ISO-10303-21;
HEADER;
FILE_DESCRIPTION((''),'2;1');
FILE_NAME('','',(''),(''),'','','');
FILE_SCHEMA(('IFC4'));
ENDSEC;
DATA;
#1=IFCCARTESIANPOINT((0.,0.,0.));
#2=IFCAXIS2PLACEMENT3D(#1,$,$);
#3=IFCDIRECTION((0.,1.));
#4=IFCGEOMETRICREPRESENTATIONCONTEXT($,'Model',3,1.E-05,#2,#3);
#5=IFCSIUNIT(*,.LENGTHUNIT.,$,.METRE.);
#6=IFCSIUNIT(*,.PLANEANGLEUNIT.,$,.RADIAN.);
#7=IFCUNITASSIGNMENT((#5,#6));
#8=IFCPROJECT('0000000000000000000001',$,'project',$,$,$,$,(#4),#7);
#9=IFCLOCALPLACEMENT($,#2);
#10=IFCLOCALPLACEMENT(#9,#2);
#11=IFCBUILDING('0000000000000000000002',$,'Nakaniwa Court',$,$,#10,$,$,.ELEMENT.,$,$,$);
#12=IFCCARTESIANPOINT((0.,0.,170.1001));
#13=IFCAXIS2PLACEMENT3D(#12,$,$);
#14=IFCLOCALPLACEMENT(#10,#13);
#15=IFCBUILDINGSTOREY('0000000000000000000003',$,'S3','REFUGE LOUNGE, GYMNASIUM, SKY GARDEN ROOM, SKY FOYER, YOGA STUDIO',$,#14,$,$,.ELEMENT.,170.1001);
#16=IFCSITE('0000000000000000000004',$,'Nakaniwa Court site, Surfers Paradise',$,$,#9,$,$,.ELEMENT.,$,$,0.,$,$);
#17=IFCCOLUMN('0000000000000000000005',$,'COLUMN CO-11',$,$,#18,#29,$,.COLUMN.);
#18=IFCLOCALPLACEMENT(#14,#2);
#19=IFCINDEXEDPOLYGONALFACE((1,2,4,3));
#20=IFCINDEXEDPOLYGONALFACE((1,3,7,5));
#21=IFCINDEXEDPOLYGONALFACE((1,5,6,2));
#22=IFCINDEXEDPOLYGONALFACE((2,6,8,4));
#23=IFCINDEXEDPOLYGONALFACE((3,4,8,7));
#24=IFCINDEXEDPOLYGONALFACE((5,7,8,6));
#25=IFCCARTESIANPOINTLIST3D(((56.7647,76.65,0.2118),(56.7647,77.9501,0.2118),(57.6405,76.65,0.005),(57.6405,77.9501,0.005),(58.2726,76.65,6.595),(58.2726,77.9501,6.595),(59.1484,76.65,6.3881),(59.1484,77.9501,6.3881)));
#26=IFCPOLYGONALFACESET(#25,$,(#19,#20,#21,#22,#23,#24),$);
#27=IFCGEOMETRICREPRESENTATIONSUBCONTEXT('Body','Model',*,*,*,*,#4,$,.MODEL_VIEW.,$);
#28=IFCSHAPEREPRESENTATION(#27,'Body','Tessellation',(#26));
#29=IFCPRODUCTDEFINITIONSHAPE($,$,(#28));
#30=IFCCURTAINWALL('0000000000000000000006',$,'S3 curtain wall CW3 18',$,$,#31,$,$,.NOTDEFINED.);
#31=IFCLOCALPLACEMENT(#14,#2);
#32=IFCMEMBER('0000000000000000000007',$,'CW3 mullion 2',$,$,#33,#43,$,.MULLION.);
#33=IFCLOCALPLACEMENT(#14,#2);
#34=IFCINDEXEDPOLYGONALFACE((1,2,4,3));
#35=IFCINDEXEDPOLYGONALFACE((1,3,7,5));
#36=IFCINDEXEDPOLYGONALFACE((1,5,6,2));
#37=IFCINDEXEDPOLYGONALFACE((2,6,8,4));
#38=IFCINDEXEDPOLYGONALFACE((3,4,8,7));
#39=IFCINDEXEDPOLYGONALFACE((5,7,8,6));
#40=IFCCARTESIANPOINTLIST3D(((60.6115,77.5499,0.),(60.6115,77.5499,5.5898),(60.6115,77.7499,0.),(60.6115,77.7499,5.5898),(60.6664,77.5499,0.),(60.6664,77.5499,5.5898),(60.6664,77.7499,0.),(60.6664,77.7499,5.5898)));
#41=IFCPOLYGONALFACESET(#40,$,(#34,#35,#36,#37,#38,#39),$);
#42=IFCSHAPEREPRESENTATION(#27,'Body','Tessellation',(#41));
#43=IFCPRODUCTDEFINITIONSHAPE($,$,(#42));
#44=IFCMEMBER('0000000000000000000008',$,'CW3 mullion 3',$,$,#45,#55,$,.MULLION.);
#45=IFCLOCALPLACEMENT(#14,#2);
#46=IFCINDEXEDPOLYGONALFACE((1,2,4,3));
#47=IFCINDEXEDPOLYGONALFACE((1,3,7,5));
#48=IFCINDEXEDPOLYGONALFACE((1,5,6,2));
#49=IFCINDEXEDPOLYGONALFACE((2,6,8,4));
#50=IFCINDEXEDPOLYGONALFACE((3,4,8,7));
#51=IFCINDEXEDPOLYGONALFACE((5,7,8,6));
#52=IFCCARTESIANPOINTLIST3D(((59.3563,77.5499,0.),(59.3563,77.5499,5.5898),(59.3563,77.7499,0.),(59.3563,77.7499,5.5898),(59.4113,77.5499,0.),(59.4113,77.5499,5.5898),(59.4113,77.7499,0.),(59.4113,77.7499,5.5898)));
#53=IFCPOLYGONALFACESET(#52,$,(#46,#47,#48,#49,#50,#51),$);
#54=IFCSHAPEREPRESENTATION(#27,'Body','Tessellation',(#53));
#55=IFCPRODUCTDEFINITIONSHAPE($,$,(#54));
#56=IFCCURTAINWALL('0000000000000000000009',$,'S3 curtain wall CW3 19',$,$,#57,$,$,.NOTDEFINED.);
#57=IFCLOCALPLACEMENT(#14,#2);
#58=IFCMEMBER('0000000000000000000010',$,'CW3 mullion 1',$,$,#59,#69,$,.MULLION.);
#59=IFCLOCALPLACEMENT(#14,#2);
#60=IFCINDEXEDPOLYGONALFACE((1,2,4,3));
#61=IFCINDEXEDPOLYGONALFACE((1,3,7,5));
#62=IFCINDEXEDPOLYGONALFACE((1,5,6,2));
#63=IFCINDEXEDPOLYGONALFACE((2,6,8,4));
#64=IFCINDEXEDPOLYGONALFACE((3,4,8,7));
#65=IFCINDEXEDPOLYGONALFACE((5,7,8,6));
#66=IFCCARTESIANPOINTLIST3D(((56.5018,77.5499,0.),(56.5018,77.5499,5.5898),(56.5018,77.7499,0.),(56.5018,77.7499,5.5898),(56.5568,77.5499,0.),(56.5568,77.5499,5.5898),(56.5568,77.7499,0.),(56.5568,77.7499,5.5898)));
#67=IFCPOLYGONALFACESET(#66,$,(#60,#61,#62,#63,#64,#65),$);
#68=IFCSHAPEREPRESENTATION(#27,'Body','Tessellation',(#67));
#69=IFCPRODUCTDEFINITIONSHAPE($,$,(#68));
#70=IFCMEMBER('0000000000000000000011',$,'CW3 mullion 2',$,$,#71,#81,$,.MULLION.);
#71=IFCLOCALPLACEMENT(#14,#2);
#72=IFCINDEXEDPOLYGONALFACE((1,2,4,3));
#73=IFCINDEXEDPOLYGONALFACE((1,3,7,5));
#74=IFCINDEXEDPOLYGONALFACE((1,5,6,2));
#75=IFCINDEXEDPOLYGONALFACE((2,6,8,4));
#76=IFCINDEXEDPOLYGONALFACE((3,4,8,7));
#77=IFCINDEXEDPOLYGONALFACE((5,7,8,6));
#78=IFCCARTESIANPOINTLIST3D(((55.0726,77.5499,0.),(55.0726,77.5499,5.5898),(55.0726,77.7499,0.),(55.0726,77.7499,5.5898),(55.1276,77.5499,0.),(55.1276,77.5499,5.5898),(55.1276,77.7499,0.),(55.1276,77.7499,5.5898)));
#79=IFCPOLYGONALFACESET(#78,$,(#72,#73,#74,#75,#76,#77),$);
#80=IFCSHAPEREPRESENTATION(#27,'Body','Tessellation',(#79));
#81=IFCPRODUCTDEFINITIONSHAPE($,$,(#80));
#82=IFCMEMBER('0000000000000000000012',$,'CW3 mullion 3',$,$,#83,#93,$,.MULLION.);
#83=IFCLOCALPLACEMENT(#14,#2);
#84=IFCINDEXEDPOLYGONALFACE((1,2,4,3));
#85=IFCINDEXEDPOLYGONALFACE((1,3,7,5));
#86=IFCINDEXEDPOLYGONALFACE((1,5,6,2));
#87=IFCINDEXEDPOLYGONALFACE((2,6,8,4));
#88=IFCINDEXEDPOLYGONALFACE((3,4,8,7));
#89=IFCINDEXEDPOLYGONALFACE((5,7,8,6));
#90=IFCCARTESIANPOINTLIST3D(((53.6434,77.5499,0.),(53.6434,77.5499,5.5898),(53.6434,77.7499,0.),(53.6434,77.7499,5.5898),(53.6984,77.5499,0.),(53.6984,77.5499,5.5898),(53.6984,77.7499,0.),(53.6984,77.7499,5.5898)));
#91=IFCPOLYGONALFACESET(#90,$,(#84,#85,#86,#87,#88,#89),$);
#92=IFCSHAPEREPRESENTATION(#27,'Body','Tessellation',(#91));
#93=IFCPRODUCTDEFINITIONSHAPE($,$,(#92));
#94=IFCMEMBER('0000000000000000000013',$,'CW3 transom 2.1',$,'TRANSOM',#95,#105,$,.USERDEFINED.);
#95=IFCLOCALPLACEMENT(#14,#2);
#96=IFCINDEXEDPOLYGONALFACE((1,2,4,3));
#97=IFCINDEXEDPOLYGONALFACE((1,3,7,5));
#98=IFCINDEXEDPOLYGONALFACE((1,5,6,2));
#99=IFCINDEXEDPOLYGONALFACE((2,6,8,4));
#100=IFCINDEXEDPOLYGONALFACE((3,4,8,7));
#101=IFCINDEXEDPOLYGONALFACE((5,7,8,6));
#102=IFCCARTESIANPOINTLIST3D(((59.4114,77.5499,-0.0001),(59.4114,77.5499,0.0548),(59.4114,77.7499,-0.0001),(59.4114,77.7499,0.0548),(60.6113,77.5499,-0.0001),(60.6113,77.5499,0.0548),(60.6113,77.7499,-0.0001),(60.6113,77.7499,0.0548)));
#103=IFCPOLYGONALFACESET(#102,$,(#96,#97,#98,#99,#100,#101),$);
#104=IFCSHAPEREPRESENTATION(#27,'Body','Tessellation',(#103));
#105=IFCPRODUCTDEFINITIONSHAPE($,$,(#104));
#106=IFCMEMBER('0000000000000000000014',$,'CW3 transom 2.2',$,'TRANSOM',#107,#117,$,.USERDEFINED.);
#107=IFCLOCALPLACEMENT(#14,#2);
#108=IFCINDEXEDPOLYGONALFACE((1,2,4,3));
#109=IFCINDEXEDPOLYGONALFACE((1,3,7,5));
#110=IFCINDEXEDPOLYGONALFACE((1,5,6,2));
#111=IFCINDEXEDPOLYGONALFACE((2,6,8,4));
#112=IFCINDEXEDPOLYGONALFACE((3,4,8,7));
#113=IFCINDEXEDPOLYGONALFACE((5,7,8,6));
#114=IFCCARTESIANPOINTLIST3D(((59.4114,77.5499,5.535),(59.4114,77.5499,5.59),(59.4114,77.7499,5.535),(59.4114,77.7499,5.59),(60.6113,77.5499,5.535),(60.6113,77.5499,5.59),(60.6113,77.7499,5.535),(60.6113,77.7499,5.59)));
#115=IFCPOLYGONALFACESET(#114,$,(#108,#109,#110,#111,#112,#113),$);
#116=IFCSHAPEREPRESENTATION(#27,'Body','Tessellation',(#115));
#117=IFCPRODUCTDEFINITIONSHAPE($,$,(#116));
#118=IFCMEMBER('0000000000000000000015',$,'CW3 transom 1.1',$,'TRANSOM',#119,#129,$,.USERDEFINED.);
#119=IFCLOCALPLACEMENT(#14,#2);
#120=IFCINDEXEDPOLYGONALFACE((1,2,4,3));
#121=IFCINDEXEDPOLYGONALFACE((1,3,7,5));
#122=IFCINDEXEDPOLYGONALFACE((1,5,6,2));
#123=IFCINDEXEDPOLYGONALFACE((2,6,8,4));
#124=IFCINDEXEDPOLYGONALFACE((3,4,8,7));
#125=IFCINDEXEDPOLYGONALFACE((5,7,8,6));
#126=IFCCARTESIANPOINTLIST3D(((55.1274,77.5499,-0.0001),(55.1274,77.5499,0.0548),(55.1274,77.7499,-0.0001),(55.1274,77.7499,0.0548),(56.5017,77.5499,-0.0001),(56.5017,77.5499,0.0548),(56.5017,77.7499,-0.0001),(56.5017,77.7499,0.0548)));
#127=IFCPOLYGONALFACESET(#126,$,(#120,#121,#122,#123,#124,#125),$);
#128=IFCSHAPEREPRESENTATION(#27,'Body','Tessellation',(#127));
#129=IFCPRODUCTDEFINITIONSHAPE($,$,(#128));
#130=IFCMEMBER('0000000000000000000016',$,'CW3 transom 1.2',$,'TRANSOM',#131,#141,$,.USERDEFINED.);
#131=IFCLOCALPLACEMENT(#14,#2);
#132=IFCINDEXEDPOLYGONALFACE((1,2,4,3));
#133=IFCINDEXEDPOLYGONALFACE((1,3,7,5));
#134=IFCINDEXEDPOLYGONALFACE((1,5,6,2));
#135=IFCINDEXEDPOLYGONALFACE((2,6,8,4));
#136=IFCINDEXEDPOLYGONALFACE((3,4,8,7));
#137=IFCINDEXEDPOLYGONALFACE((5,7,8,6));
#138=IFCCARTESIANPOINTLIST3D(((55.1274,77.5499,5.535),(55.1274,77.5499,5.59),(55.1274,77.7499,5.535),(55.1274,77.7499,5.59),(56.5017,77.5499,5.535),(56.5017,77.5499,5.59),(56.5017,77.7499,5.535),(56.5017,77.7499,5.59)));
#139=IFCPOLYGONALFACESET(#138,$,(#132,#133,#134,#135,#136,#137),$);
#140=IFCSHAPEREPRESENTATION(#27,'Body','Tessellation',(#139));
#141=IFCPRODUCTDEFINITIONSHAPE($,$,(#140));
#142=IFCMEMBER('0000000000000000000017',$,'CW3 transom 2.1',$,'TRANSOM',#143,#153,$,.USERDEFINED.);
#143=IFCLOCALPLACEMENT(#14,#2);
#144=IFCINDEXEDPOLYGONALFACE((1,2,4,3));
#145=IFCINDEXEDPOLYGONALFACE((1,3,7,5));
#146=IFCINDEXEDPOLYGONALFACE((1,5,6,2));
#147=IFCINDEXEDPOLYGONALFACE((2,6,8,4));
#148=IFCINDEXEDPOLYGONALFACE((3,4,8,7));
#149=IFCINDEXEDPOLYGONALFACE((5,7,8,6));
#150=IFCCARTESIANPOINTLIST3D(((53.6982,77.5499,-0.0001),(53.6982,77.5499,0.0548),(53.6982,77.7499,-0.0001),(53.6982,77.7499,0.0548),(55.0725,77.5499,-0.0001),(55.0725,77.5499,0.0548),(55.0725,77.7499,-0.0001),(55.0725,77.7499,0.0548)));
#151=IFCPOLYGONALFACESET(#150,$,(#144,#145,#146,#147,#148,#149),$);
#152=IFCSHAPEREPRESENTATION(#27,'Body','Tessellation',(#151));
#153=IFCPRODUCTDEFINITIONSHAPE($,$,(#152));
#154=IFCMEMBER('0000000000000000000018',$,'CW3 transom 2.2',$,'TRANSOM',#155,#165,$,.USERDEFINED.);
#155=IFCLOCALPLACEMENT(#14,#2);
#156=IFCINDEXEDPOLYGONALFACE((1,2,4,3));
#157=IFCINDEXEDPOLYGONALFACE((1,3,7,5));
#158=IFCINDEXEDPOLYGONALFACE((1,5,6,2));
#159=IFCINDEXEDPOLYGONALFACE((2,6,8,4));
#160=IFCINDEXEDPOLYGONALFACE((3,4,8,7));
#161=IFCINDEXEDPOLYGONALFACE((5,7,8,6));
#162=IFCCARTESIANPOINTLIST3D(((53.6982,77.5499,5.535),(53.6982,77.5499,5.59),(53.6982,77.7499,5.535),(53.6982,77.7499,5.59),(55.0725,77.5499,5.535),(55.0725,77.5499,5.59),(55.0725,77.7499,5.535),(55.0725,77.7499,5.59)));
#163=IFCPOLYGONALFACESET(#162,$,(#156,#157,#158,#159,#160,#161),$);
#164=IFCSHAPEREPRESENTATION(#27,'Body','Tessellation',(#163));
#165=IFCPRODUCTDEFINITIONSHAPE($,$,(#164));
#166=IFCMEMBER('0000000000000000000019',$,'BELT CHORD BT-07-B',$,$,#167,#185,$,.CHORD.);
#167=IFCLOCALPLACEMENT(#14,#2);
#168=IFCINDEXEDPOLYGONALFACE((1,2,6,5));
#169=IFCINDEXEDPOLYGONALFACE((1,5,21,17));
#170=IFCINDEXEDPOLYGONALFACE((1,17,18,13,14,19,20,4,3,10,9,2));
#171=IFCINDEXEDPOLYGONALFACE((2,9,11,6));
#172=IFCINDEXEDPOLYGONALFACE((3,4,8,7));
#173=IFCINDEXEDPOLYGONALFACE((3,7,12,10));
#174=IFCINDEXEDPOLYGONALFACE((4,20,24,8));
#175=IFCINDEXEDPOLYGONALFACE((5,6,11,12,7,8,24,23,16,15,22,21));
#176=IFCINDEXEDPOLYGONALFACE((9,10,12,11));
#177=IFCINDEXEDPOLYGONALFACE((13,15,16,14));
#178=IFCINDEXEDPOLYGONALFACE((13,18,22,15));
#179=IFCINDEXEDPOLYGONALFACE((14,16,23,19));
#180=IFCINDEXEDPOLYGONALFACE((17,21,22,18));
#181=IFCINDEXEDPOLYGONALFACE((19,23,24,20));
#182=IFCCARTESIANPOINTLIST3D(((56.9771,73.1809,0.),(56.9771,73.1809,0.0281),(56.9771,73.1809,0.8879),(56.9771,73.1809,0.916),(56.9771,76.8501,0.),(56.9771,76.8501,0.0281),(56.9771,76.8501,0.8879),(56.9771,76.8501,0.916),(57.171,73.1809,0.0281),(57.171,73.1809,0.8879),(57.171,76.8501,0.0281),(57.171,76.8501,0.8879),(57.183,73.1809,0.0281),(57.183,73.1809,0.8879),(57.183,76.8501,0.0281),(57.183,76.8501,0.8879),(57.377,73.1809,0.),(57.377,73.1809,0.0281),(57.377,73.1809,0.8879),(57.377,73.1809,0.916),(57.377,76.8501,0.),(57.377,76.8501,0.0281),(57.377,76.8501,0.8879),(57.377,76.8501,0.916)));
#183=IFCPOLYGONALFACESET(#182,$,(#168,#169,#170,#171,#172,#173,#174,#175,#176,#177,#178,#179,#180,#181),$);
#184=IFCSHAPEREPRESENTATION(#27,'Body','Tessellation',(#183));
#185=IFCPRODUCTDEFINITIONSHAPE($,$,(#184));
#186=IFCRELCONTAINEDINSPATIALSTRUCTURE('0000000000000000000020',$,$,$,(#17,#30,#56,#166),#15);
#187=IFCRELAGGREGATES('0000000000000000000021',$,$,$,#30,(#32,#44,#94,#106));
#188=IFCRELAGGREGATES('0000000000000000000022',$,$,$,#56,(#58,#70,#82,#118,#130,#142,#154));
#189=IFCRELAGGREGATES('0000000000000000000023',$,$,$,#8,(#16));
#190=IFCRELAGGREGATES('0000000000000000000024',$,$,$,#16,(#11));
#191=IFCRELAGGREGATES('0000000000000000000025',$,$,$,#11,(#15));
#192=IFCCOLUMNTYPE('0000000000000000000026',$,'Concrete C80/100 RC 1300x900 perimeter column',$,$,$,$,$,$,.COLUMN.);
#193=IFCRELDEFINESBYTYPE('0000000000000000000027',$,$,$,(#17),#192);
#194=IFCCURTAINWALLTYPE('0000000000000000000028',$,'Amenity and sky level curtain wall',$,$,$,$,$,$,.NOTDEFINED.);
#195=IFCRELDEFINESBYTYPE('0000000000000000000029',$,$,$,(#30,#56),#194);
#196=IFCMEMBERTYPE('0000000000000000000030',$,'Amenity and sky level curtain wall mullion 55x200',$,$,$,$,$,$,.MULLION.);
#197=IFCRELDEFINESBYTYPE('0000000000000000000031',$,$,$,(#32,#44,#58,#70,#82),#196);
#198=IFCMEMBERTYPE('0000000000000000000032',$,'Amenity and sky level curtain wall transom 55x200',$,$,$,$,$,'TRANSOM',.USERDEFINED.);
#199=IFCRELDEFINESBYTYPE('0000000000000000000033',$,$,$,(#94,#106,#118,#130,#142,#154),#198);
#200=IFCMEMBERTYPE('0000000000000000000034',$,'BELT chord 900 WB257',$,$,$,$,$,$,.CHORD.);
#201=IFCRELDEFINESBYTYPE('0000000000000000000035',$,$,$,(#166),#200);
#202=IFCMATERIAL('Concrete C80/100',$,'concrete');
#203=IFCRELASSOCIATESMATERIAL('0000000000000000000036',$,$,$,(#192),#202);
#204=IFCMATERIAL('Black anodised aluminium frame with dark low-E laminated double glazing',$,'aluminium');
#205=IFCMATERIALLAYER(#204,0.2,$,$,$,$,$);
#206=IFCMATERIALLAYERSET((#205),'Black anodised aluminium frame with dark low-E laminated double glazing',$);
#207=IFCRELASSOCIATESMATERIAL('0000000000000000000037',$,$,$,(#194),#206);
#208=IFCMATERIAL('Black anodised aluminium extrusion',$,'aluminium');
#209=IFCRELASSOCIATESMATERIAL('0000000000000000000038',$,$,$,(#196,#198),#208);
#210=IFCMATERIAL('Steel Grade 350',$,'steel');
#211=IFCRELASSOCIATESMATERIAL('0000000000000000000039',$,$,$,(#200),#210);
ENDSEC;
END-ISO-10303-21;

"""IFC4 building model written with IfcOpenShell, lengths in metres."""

from ifc_helpers import new_model, si_unit, direction, frame, origin, origin_2d, place, context, subcontext, project, spatial, rectangle, i_section, extrude, material, layer, layer_set, material_profile, profile_set, type_object, element, aggregate, save


model = new_model("IFC4")

# Units and contexts
model_context = context("Model", 3, precision=1e-05, world=origin(), true_north=direction((0.0, 1.0)))
body_context = subcontext(model_context, "Body", "Model", "MODEL_VIEW")
ifc_project = project(units=[si_unit("LENGTHUNIT", "METRE"), si_unit("PLANEANGLEUNIT", "RADIAN")], contexts=[model_context])

# Site, building, storey
site_placement = place(None, origin())
site = spatial("IfcSite", under=ifc_project, at=site_placement, Name="Nakaniwa Court site, Surfers Paradise", CompositionType="ELEMENT", RefElevation=0.0)
building_placement = place(site_placement, origin())
building = spatial("IfcBuilding", under=site, at=building_placement, Name="Nakaniwa Court", CompositionType="ELEMENT")
storey_placement = place(building_placement, frame((0.0, 0.0, 170.1001)))
storey = spatial("IfcBuildingStorey", under=building, at=storey_placement, Name="S3", Description="REFUGE LOUNGE, GYMNASIUM, SKY GARDEN ROOM, SKY FOYER, YOGA STUDIO", CompositionType="ELEMENT", Elevation=170.1001)

# Column
ifc_material_1 = material(Name="Concrete C80/100", Category="concrete")
ifc_material_profile_1 = material_profile(ifc_material_1, rectangle(XDim=1.3, YDim=0.8999, at=origin_2d()), Name="Concrete C80/100 RC 1300x900 perimeter column")
ifc_profile_set_1 = profile_set([ifc_material_profile_1], Name="Concrete C80/100")
column_type = type_object("IfcColumnType", Name="Concrete C80/100 RC 1300x900 perimeter column", PredefinedType="COLUMN", material=ifc_profile_set_1)
column_placement = place(storey_placement, frame((57.2026, 77.3, 0.1084), z_axis=(0.229894, 0.0, 0.973216), x_axis=(0.0, 1.0, 0.0)))
element("IfcColumn", 1, at=column_placement, inside=storey, type_object=column_type, Name="COLUMN CO-11", PredefinedType="COLUMN", context=body_context, shape_type="SweptSolid", body=[
    extrude(rectangle(XDim=1.3, YDim=0.8999, at=origin_2d()), origin(), (0.0, 0.0, 1.0), 6.5588),
])

# Curtain walls, members
ifc_material_2 = material(Name="Black anodised aluminium frame with dark low-E laminated double glazing", Category="aluminium")
ifc_layer_1 = layer(ifc_material_2, 0.2)
ifc_layer_set_1 = layer_set([ifc_layer_1], Name="Black anodised aluminium frame with dark low-E laminated double glazing")
curtain_wall_type = type_object("IfcCurtainWallType", Name="Amenity and sky level curtain wall", PredefinedType="NOTDEFINED", material=ifc_layer_set_1)
curtain_wall_1_placement = place(storey_placement, origin())
curtain_wall_1 = element("IfcCurtainWall", 2, at=curtain_wall_1_placement, inside=storey, type_object=curtain_wall_type, Name="S3 curtain wall CW3 18", PredefinedType="NOTDEFINED")
ifc_material_3 = material(Name="Black anodised aluminium extrusion", Category="aluminium")
ifc_material_profile_2 = material_profile(ifc_material_3, rectangle(XDim=0.2, YDim=0.0549, at=origin_2d()), Name="Amenity and sky level curtain wall mullion 55x200")
ifc_profile_set_2 = profile_set([ifc_material_profile_2], Name="Black anodised aluminium extrusion")
member_type_1 = type_object("IfcMemberType", Name="Amenity and sky level curtain wall mullion 55x200", PredefinedType="MULLION", material=ifc_profile_set_2)
member_1_placement = place(storey_placement, frame((60.6389, 77.6499, 0.0), z_axis=(0.0, 0.0, 1.0), x_axis=(0.0, -1.0, 0.0)))
member_1 = element("IfcMember", 3, at=member_1_placement, type_object=member_type_1, Name="CW3 mullion 2", PredefinedType="MULLION", context=body_context, shape_type="SweptSolid", body=[
    extrude(rectangle(XDim=0.2, YDim=0.0549, at=origin_2d()), origin(), (0.0, 0.0, 1.0), 5.5898),
])
member_2_placement = place(storey_placement, frame((59.3838, 77.6499, 0.0), z_axis=(0.0, 0.0, 1.0), x_axis=(0.0, -1.0, 0.0)))
member_2 = element("IfcMember", 4, at=member_2_placement, type_object=member_type_1, Name="CW3 mullion 3", PredefinedType="MULLION", context=body_context, shape_type="SweptSolid", body=[
    extrude(rectangle(XDim=0.2, YDim=0.0549, at=origin_2d()), origin(), (0.0, 0.0, 1.0), 5.5898),
])
curtain_wall_2_placement = place(storey_placement, origin())
curtain_wall_2 = element("IfcCurtainWall", 5, at=curtain_wall_2_placement, inside=storey, type_object=curtain_wall_type, Name="S3 curtain wall CW3 19", PredefinedType="NOTDEFINED")
member_3_placement = place(storey_placement, frame((56.5293, 77.6499, 0.0), z_axis=(0.0, 0.0, 1.0), x_axis=(0.0, -1.0, 0.0)))
member_3 = element("IfcMember", 6, at=member_3_placement, type_object=member_type_1, Name="CW3 mullion 1", PredefinedType="MULLION", context=body_context, shape_type="SweptSolid", body=[
    extrude(rectangle(XDim=0.2, YDim=0.0549, at=origin_2d()), origin(), (0.0, 0.0, 1.0), 5.5898),
])
member_4_placement = place(storey_placement, frame((55.1001, 77.6499, 0.0), z_axis=(0.0, 0.0, 1.0), x_axis=(0.0, -1.0, 0.0)))
member_4 = element("IfcMember", 7, at=member_4_placement, type_object=member_type_1, Name="CW3 mullion 2", PredefinedType="MULLION", context=body_context, shape_type="SweptSolid", body=[
    extrude(rectangle(XDim=0.2, YDim=0.0549, at=origin_2d()), origin(), (0.0, 0.0, 1.0), 5.5898),
])
member_5_placement = place(storey_placement, frame((53.6709, 77.6499, 0.0), z_axis=(0.0, 0.0, 1.0), x_axis=(0.0, -1.0, 0.0)))
member_5 = element("IfcMember", 8, at=member_5_placement, type_object=member_type_1, Name="CW3 mullion 3", PredefinedType="MULLION", context=body_context, shape_type="SweptSolid", body=[
    extrude(rectangle(XDim=0.2, YDim=0.0549, at=origin_2d()), origin(), (0.0, 0.0, 1.0), 5.5898),
])

# Members
ifc_material_profile_3 = material_profile(ifc_material_3, rectangle(XDim=0.2, YDim=0.0549, at=origin_2d()), Name="Amenity and sky level curtain wall transom 55x200")
ifc_profile_set_3 = profile_set([ifc_material_profile_3], Name="Black anodised aluminium extrusion")
member_type_2 = type_object("IfcMemberType", Name="Amenity and sky level curtain wall transom 55x200", ElementType="TRANSOM", PredefinedType="USERDEFINED", material=ifc_profile_set_3)
member_6_placement = place(storey_placement, frame((60.6113, 77.6499, 0.0273), z_axis=(-1.0, 0.0, 0.0), x_axis=(0.0, -1.0, 0.0)))
member_6 = element("IfcMember", 9, at=member_6_placement, type_object=member_type_2, Name="CW3 transom 2.1", ObjectType="TRANSOM", PredefinedType="USERDEFINED", context=body_context, shape_type="SweptSolid", body=[
    extrude(rectangle(XDim=0.2, YDim=0.0549, at=origin_2d()), origin(), (0.0, 0.0, 1.0), 1.2),
])
member_7_placement = place(storey_placement, frame((60.6113, 77.6499, 5.5625), z_axis=(-1.0, 0.0, 0.0), x_axis=(0.0, -1.0, 0.0)))
member_7 = element("IfcMember", 10, at=member_7_placement, type_object=member_type_2, Name="CW3 transom 2.2", ObjectType="TRANSOM", PredefinedType="USERDEFINED", context=body_context, shape_type="SweptSolid", body=[
    extrude(rectangle(XDim=0.2, YDim=0.0549, at=origin_2d()), origin(), (0.0, 0.0, 1.0), 1.2),
])
member_8_placement = place(storey_placement, frame((56.5017, 77.6499, 0.0273), z_axis=(-1.0, 0.0, 0.0), x_axis=(0.0, -1.0, 0.0)))
member_8 = element("IfcMember", 11, at=member_8_placement, type_object=member_type_2, Name="CW3 transom 1.1", ObjectType="TRANSOM", PredefinedType="USERDEFINED", context=body_context, shape_type="SweptSolid", body=[
    extrude(rectangle(XDim=0.2, YDim=0.0549, at=origin_2d()), origin(), (0.0, 0.0, 1.0), 1.3743),
])
member_9_placement = place(storey_placement, frame((56.5017, 77.6499, 5.5625), z_axis=(-1.0, 0.0, 0.0), x_axis=(0.0, -1.0, 0.0)))
member_9 = element("IfcMember", 12, at=member_9_placement, type_object=member_type_2, Name="CW3 transom 1.2", ObjectType="TRANSOM", PredefinedType="USERDEFINED", context=body_context, shape_type="SweptSolid", body=[
    extrude(rectangle(XDim=0.2, YDim=0.0549, at=origin_2d()), origin(), (0.0, 0.0, 1.0), 1.3743),
])
member_10_placement = place(storey_placement, frame((55.0725, 77.6499, 0.0273), z_axis=(-1.0, 0.0, 0.0), x_axis=(0.0, -1.0, 0.0)))
member_10 = element("IfcMember", 13, at=member_10_placement, type_object=member_type_2, Name="CW3 transom 2.1", ObjectType="TRANSOM", PredefinedType="USERDEFINED", context=body_context, shape_type="SweptSolid", body=[
    extrude(rectangle(XDim=0.2, YDim=0.0549, at=origin_2d()), origin(), (0.0, 0.0, 1.0), 1.3743),
])
member_11_placement = place(storey_placement, frame((55.0725, 77.6499, 5.5625), z_axis=(-1.0, 0.0, 0.0), x_axis=(0.0, -1.0, 0.0)))
member_11 = element("IfcMember", 14, at=member_11_placement, type_object=member_type_2, Name="CW3 transom 2.2", ObjectType="TRANSOM", PredefinedType="USERDEFINED", context=body_context, shape_type="SweptSolid", body=[
    extrude(rectangle(XDim=0.2, YDim=0.0549, at=origin_2d()), origin(), (0.0, 0.0, 1.0), 1.3743),
])

# Member
ifc_material_4 = material(Name="Steel Grade 350", Category="steel")
ifc_material_profile_4 = material_profile(ifc_material_4, i_section(OverallWidth=0.3999, OverallDepth=0.916, WebThickness=0.012, FlangeThickness=0.0281, at=origin_2d()), Name="900WB257")
ifc_profile_set_4 = profile_set([ifc_material_profile_4], Name="Steel Grade 350")
member_type_3 = type_object("IfcMemberType", Name="BELT chord 900 WB257", PredefinedType="CHORD", material=ifc_profile_set_4)
member_12_placement = place(storey_placement, frame((57.177, 76.8501, 0.458), z_axis=(0.0, -1.0, 0.0), x_axis=(1.0, 0.0, 0.0)))
element("IfcMember", 15, at=member_12_placement, inside=storey, type_object=member_type_3, Name="BELT CHORD BT-07-B", PredefinedType="CHORD", context=body_context, shape_type="SweptSolid", body=[
    extrude(i_section(OverallWidth=0.3999, OverallDepth=0.916, WebThickness=0.012, FlangeThickness=0.0281, at=origin_2d()), origin(), (0.0, 0.0, 1.0), 3.6692),
])

aggregate(curtain_wall_1, [member_1, member_2, member_6, member_7])
aggregate(curtain_wall_2, [member_3, member_4, member_5, member_8, member_9, member_10, member_11])

save(model, "model.ifc")
